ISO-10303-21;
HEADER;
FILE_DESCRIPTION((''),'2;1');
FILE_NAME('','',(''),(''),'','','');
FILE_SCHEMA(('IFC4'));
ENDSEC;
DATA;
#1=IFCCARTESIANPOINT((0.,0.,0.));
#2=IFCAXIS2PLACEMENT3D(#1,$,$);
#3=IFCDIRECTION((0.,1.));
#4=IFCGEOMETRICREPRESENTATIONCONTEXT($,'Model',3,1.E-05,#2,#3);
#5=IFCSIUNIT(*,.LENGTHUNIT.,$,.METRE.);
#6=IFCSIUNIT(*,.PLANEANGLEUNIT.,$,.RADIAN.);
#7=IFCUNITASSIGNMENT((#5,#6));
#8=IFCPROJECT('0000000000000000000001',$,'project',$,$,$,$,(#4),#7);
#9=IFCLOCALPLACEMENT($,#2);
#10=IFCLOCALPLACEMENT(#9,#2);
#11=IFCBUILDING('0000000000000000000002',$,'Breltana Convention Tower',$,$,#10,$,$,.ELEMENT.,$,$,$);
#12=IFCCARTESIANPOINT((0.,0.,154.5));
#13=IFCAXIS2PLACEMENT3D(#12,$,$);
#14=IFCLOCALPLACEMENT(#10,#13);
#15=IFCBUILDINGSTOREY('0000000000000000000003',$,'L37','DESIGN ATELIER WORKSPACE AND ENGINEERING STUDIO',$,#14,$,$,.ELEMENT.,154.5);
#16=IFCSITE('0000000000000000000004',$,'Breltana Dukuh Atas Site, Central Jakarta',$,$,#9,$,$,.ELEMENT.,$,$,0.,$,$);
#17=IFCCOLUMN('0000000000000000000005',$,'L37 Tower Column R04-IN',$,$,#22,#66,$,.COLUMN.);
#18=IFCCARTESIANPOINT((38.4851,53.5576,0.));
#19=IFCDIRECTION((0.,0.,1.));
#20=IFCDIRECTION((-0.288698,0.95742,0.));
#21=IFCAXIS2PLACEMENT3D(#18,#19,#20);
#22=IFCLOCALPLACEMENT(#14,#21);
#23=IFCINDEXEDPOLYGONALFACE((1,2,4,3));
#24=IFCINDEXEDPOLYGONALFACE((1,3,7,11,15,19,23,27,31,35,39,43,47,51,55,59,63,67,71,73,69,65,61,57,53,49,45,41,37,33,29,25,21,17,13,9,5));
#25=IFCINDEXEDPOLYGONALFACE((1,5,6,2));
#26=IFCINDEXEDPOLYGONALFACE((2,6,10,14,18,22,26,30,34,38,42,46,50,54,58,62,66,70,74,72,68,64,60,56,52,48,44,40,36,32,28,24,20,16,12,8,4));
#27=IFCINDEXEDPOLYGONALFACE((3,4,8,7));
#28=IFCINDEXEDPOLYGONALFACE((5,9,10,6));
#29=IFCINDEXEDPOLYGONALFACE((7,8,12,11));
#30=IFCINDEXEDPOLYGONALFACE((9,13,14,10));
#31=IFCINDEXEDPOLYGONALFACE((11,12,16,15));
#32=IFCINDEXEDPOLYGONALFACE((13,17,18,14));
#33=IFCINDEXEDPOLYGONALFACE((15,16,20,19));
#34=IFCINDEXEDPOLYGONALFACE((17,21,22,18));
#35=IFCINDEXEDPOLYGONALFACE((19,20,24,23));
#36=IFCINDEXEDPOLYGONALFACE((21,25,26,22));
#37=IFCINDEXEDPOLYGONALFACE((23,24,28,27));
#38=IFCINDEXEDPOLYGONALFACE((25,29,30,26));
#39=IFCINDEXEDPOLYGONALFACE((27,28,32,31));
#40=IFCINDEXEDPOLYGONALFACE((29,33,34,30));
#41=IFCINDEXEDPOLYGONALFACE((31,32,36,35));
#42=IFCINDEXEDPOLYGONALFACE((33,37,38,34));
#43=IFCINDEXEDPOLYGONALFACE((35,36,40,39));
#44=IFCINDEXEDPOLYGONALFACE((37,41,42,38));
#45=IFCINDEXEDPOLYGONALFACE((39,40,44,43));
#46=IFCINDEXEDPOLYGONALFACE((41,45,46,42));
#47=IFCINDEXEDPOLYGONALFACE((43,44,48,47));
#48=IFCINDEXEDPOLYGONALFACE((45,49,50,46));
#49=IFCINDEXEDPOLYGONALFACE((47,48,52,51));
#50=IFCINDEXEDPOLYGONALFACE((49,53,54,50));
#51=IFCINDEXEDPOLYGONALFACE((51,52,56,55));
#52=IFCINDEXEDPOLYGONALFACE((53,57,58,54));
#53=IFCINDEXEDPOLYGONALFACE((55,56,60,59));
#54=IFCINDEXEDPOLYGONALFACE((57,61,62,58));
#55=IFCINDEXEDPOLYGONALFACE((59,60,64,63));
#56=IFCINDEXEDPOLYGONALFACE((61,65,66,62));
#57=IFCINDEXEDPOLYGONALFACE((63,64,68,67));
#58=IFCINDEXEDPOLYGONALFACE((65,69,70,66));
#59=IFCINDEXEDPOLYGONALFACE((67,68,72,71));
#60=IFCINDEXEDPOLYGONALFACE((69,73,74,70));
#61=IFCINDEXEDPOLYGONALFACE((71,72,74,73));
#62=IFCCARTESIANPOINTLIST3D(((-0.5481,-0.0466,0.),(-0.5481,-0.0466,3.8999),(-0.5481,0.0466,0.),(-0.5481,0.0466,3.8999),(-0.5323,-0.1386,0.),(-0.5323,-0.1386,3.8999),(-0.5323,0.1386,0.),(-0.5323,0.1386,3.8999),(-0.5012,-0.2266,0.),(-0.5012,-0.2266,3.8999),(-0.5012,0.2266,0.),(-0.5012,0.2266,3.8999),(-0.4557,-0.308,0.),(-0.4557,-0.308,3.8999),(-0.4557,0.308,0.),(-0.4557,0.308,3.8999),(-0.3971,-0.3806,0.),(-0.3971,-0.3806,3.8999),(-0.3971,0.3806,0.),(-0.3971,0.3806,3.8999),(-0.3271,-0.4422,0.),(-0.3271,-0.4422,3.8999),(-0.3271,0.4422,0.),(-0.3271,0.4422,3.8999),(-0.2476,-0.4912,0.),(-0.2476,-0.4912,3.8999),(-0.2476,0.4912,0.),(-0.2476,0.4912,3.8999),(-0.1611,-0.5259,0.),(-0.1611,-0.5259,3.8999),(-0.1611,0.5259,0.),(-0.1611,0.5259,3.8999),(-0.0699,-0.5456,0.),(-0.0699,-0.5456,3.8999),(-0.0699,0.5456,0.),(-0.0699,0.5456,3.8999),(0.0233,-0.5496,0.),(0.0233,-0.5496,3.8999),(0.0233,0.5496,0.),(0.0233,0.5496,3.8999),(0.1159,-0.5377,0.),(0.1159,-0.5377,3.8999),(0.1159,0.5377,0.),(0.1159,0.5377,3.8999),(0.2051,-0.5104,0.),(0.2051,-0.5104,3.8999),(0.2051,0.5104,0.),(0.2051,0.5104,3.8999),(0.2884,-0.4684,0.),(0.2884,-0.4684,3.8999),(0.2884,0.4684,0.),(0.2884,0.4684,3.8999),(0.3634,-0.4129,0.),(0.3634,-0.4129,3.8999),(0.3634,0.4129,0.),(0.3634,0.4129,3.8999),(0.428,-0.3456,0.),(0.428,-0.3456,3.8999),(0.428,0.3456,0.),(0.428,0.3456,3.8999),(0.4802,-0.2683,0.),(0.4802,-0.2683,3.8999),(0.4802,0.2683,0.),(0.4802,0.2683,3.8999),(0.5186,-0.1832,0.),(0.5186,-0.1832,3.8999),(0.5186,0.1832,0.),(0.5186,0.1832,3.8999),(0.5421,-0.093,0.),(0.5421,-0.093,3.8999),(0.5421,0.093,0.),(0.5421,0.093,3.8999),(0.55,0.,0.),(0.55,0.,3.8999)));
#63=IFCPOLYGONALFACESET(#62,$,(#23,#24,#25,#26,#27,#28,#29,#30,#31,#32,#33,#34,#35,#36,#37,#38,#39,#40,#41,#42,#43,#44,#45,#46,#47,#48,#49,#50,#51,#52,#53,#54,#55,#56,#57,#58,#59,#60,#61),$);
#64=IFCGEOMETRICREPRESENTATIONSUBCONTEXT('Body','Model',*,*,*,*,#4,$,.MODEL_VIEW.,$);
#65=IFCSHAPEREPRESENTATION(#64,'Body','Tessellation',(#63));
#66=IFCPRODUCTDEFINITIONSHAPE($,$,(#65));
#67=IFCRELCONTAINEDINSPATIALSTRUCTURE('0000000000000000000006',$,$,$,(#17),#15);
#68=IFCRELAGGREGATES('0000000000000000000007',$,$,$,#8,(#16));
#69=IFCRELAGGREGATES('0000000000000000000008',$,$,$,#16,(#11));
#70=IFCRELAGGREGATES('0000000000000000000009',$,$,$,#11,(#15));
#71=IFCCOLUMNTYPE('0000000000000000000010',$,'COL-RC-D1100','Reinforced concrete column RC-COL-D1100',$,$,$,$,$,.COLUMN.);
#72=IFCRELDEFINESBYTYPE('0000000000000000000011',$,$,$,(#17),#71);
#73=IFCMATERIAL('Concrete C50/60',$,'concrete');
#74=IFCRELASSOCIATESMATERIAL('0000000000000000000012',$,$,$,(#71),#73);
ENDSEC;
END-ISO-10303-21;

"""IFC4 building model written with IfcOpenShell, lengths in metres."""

from ifc_helpers import new_model, si_unit, direction, frame, origin, origin_2d, place, context, subcontext, project, spatial, circle, extrude, source, transform, mapped, material, material_profile, profile_set, type_object, element, save


model = new_model("IFC4")

# Units and contexts
model_context = context("Model", 3, precision=1e-05, world=origin(), true_north=direction((0.0, 1.0)))
body_context = subcontext(model_context, "Body", "Model", "MODEL_VIEW")
ifc_project = project(units=[si_unit("LENGTHUNIT", "METRE"), si_unit("PLANEANGLEUNIT", "RADIAN")], contexts=[model_context])

# Site, building, storey
site_placement = place(None, origin())
site = spatial("IfcSite", under=ifc_project, at=site_placement, Name="Breltana Dukuh Atas Site, Central Jakarta", CompositionType="ELEMENT", RefElevation=0.0)
building_placement = place(site_placement, origin())
building = spatial("IfcBuilding", under=site, at=building_placement, Name="Breltana Convention Tower", CompositionType="ELEMENT")
storey_placement = place(building_placement, frame((0.0, 0.0, 154.5)))
storey = spatial("IfcBuildingStorey", under=building, at=storey_placement, Name="L37", Description="DESIGN ATELIER WORKSPACE AND ENGINEERING STUDIO", CompositionType="ELEMENT", Elevation=154.5)

# Column
ifc_material_1 = material(Name="Concrete C50/60", Category="concrete")
ifc_material_profile_1 = material_profile(ifc_material_1, circle(Radius=0.55, at=origin_2d()), Name="RC-COL-D1100")
ifc_profile_set_1 = profile_set([ifc_material_profile_1], Name="Concrete C50/60")
column_type_1 = type_object("IfcColumnType", Name="COL-RC-D1100", Description="Reinforced concrete column RC-COL-D1100", PredefinedType="COLUMN", material=ifc_profile_set_1)
shared_shape_1 = source(origin(), body_context, "Body", "SweptSolid", [
    extrude(circle(Radius=0.55, at=origin_2d()), origin(), (0.0, 0.0, 1.0), 3.8999),
])
column_1_placement = place(storey_placement, frame((38.4851, 53.5576, 0.0), z_axis=(0.0, 0.0, 1.0), x_axis=(-0.288698, 0.95742, 0.0)))
element("IfcColumn", 1, at=column_1_placement, inside=storey, type_object=column_type_1, Name="L37 Tower Column R04-IN", PredefinedType="COLUMN", context=body_context, shape_type="MappedRepresentation", body=[
    mapped(shared_shape_1, transform((0.0, 0.0, 0.0), scale=1.0)),
])

save(model, "model.ifc")
